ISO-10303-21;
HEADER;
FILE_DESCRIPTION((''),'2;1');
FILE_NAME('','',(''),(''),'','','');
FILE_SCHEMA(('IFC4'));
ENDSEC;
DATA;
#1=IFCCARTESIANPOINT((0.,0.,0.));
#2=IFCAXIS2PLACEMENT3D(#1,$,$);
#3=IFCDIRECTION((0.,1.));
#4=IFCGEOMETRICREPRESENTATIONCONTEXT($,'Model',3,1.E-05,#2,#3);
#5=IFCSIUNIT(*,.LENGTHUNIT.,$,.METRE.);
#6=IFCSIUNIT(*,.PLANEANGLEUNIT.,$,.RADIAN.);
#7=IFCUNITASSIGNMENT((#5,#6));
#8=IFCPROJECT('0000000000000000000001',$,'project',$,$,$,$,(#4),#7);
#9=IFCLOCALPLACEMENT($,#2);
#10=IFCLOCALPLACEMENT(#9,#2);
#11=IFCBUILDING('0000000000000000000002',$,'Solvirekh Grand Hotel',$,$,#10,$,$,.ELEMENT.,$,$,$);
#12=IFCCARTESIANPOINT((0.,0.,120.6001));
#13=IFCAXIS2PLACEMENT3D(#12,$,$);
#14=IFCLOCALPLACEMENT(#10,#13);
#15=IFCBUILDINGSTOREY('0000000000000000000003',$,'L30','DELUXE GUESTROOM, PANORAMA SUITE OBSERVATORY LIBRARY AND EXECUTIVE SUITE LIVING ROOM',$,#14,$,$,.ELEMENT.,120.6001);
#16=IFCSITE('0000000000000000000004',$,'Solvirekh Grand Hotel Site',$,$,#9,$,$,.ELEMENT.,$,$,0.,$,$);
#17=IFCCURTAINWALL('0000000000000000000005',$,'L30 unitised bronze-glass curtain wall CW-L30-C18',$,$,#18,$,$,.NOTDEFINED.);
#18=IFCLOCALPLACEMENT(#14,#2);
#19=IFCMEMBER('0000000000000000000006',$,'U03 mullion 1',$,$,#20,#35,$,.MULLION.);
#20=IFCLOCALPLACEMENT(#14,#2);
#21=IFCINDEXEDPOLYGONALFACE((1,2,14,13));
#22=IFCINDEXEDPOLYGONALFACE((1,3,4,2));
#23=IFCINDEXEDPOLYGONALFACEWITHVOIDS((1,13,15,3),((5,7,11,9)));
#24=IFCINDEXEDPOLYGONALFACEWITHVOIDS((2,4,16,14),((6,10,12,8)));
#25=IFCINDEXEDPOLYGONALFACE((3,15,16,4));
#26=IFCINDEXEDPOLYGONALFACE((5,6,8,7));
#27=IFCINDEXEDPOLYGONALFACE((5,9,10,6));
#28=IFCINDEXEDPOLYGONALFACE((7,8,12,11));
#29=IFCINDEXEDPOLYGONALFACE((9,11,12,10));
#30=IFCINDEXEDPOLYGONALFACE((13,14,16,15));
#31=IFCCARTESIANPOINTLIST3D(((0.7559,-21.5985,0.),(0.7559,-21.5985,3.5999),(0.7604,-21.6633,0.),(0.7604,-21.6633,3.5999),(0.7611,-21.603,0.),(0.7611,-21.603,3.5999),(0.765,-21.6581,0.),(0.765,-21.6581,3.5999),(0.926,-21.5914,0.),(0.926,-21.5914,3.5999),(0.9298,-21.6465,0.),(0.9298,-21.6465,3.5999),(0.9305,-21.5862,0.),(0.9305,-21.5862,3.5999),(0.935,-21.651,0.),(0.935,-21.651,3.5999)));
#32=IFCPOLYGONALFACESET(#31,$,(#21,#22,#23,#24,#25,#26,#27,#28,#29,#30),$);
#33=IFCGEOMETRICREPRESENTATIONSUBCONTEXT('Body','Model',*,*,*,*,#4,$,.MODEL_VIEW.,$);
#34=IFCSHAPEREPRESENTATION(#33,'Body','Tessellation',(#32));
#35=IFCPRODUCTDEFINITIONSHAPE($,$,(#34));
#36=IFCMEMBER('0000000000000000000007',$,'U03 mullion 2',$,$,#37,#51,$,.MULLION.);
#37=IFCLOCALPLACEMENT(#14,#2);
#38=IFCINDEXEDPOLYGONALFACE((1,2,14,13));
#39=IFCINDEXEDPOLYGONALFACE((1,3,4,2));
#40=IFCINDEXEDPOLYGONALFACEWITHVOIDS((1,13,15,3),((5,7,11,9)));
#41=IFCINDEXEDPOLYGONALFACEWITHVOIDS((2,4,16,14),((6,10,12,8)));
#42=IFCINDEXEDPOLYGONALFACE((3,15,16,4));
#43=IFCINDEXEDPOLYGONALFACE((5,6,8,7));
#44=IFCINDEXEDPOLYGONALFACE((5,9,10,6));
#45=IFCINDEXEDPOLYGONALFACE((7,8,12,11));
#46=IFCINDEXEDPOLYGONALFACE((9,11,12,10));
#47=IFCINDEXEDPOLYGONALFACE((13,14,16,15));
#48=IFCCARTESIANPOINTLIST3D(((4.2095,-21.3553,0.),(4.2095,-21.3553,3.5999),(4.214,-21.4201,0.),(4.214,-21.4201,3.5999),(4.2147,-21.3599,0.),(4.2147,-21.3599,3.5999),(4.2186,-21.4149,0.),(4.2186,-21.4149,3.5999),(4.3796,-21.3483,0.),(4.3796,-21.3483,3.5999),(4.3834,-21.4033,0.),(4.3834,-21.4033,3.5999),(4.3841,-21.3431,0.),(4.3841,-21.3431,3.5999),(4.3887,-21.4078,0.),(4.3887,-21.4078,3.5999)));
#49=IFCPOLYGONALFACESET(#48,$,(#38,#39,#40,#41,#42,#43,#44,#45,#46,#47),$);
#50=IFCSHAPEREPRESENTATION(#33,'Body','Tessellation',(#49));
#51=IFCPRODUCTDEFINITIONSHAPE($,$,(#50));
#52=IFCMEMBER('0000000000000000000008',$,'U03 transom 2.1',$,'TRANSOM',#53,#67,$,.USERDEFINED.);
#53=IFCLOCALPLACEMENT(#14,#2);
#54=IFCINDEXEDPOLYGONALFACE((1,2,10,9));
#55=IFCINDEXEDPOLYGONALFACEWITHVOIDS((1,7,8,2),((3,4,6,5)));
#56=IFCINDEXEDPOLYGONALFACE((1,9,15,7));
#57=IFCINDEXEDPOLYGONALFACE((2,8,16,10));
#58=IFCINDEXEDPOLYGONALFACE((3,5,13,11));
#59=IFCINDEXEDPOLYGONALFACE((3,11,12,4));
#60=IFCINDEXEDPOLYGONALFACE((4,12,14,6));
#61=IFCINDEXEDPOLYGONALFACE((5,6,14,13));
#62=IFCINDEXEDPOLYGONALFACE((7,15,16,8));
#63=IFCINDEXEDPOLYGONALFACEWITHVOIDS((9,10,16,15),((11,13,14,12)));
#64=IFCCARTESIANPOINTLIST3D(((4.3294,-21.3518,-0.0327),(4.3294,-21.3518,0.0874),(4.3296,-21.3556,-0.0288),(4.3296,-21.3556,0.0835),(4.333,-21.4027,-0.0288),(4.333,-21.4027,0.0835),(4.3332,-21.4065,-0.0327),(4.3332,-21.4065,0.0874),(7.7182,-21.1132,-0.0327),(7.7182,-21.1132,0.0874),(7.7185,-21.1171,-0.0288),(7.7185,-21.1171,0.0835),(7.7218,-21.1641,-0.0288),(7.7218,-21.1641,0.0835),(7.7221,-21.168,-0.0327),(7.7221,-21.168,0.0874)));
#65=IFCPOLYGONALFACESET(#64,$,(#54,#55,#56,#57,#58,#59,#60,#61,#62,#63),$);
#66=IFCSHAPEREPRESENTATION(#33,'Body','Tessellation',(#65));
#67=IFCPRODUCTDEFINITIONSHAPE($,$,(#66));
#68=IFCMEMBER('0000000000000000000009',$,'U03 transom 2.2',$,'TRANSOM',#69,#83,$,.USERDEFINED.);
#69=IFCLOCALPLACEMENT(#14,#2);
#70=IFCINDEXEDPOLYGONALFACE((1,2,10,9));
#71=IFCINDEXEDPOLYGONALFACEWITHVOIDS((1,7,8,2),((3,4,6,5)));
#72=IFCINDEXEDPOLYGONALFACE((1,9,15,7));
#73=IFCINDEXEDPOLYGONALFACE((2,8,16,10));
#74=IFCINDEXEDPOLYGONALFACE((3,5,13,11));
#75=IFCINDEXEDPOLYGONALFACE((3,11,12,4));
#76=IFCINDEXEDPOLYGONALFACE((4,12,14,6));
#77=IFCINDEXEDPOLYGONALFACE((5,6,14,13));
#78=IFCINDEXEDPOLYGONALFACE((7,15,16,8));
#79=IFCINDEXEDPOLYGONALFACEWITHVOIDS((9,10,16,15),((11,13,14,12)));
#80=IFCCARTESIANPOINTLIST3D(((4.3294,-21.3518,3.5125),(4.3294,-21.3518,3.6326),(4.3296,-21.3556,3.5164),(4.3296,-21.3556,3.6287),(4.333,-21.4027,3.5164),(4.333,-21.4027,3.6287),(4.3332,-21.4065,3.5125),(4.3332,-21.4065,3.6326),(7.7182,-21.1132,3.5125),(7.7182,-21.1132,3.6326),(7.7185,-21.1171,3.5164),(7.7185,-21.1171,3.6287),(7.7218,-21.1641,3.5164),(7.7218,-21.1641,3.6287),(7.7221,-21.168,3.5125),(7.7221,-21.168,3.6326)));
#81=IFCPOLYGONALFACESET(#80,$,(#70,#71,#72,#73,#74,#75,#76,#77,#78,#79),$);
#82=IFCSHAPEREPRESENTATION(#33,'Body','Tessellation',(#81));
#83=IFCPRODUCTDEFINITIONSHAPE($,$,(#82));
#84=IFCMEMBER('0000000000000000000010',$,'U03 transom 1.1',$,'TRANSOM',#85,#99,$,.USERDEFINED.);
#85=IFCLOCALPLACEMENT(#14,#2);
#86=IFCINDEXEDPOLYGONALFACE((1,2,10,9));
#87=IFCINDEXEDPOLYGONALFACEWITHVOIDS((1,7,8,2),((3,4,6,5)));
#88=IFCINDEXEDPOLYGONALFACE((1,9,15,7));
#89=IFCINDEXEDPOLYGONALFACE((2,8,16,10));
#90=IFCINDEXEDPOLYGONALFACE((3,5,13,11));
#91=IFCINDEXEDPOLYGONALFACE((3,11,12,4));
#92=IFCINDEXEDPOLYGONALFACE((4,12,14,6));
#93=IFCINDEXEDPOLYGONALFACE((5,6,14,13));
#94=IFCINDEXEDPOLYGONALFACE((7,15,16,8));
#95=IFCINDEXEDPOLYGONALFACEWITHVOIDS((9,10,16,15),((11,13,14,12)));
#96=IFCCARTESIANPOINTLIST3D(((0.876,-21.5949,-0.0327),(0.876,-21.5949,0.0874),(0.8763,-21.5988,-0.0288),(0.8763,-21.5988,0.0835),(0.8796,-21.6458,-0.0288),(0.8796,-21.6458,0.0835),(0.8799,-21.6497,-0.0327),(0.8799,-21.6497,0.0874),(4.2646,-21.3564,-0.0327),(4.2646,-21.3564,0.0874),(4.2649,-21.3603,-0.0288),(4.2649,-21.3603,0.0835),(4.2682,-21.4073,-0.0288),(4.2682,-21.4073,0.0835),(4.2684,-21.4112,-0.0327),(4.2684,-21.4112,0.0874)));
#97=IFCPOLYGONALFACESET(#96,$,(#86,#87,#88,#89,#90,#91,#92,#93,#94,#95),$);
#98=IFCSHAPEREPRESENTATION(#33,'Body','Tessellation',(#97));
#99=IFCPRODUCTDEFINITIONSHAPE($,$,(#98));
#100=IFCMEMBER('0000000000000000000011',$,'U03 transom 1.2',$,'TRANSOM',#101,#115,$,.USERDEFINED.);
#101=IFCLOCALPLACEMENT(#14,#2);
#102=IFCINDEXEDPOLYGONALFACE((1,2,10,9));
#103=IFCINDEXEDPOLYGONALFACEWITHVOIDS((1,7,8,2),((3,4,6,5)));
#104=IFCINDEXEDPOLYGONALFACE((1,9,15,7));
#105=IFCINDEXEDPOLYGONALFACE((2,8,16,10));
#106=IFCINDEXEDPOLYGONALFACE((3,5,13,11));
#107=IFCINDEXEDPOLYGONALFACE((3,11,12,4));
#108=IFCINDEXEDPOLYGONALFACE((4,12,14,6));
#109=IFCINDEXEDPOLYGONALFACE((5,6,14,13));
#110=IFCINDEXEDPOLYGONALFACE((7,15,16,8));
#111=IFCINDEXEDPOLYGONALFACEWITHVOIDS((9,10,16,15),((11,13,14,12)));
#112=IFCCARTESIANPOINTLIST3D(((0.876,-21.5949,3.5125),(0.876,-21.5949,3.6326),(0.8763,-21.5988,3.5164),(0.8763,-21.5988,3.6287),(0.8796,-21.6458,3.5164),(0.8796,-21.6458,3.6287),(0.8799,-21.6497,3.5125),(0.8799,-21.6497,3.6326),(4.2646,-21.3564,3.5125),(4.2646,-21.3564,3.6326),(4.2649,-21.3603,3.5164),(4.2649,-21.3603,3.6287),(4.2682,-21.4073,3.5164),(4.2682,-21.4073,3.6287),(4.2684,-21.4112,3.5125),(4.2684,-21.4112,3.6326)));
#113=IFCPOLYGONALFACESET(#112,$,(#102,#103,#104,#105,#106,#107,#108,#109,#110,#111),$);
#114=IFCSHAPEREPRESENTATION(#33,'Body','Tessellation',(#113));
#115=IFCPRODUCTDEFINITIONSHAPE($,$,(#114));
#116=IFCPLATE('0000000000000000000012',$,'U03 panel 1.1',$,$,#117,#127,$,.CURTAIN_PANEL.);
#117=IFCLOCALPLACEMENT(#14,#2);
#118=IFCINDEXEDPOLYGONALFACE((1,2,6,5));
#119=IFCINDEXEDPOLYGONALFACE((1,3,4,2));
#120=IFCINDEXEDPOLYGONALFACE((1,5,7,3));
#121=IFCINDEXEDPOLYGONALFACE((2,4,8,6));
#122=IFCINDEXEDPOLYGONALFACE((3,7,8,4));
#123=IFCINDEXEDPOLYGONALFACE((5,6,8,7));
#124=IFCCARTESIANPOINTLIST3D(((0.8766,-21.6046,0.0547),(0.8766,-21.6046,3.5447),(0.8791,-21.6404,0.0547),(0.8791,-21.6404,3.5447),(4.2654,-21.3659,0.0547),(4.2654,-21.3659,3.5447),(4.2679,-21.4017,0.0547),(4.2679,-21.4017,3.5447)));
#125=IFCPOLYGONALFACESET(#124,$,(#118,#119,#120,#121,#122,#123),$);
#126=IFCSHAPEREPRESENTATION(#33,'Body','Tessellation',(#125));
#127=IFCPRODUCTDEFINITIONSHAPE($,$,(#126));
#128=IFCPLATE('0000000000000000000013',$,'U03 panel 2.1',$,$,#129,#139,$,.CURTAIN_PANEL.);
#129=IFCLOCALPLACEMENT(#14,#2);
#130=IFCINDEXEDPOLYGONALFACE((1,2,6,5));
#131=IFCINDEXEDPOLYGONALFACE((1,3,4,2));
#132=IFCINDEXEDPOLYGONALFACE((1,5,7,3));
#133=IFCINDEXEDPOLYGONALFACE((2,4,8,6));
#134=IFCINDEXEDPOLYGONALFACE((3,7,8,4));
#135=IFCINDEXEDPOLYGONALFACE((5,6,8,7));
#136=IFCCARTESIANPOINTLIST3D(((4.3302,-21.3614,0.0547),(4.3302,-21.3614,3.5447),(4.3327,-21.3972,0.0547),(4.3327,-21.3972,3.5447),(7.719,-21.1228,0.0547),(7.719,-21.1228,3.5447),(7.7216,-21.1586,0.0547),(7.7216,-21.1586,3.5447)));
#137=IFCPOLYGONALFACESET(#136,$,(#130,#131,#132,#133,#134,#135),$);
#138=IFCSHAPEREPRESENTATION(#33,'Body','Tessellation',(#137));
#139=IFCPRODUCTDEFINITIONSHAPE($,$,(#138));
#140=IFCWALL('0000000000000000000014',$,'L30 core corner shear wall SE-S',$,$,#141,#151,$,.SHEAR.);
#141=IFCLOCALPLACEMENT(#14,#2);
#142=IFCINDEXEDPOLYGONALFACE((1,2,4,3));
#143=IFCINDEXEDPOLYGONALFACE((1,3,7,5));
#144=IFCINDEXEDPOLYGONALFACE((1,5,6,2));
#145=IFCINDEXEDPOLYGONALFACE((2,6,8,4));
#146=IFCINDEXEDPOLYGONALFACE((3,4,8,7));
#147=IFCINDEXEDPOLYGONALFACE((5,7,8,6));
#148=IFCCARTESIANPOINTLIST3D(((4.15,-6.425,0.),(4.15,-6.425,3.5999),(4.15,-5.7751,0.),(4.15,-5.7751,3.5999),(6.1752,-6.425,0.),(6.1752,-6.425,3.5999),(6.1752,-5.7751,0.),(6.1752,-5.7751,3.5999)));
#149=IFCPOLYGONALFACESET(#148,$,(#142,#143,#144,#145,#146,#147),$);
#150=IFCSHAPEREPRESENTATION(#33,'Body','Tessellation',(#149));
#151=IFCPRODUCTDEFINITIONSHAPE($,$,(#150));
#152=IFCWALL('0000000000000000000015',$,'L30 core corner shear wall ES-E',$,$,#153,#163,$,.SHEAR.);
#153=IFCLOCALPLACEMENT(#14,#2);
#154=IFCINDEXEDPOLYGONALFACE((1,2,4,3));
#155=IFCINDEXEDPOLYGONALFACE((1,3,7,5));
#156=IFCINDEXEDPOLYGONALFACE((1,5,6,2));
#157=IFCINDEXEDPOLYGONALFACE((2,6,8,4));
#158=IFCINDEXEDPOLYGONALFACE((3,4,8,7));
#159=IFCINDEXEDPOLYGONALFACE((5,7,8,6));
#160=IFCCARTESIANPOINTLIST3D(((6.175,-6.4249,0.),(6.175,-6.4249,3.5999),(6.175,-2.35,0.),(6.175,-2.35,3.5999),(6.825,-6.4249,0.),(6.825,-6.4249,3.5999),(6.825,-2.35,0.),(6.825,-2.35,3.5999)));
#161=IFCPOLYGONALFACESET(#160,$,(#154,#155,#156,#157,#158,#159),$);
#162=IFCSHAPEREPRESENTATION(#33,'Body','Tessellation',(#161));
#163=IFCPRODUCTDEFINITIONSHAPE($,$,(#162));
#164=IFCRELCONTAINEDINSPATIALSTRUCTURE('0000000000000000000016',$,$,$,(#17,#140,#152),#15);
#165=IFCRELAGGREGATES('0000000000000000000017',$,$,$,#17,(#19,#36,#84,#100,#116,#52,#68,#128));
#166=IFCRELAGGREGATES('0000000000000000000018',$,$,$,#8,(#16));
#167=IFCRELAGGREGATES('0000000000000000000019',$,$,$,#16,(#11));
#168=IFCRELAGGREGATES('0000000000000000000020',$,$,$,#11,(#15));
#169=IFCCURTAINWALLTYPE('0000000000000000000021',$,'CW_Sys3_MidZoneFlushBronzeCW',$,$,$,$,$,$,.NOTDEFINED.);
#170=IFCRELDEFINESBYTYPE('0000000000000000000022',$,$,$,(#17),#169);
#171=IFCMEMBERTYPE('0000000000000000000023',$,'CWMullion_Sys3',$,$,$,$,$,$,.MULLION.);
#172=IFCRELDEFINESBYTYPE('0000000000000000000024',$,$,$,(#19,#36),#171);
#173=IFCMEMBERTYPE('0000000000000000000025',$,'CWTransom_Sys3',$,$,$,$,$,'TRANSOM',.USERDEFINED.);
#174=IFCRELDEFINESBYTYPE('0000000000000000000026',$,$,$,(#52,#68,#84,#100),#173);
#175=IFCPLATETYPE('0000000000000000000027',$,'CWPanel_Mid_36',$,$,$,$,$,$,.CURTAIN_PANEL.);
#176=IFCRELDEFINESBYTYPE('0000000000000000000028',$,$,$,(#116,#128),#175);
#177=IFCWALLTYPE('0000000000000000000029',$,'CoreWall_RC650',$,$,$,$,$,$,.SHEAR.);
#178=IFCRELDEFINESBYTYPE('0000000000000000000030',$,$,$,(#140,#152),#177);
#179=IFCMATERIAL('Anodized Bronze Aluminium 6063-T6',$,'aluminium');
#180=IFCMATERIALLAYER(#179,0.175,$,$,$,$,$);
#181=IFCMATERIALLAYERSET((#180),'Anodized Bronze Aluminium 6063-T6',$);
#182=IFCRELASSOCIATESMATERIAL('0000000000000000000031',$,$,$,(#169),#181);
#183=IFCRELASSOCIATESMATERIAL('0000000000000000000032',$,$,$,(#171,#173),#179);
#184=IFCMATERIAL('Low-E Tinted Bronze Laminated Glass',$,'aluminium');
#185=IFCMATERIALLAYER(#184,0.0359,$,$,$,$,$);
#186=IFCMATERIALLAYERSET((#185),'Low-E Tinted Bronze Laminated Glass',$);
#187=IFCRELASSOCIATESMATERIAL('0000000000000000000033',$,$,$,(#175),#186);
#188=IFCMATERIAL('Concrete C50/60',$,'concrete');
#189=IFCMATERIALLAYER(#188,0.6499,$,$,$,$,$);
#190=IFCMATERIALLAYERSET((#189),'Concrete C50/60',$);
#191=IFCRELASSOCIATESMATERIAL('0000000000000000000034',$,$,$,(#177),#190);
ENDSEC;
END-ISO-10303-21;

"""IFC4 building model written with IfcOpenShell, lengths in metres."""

from ifc_helpers import new_model, si_unit, direction, frame, frame_2d, origin, origin_2d, place, context, subcontext, project, spatial, rectangle, hollow_rectangle, extrude, source, transform, mapped, material, layer, layer_set, material_profile, profile_set, type_object, element, aggregate, save


model = new_model("IFC4")

# Units and contexts
model_context = context("Model", 3, precision=1e-05, world=origin(), true_north=direction((0.0, 1.0)))
body_context = subcontext(model_context, "Body", "Model", "MODEL_VIEW")
ifc_project = project(units=[si_unit("LENGTHUNIT", "METRE"), si_unit("PLANEANGLEUNIT", "RADIAN")], contexts=[model_context])

# Site, building, storey
site_placement = place(None, origin())
site = spatial("IfcSite", under=ifc_project, at=site_placement, Name="Solvirekh Grand Hotel Site", CompositionType="ELEMENT", RefElevation=0.0)
building_placement = place(site_placement, origin())
building = spatial("IfcBuilding", under=site, at=building_placement, Name="Solvirekh Grand Hotel", CompositionType="ELEMENT")
storey_placement = place(building_placement, frame((0.0, 0.0, 120.6001)))
storey = spatial("IfcBuildingStorey", under=building, at=storey_placement, Name="L30", Description="DELUXE GUESTROOM, PANORAMA SUITE OBSERVATORY LIBRARY AND EXECUTIVE SUITE LIVING ROOM", CompositionType="ELEMENT", Elevation=120.6001)

# Curtain wall, members, plates
ifc_material_1 = material(Name="Anodized Bronze Aluminium 6063-T6", Category="aluminium")
ifc_layer_1 = layer(ifc_material_1, 0.175)
ifc_layer_set_1 = layer_set([ifc_layer_1], Name="Anodized Bronze Aluminium 6063-T6")
curtain_wall_type = type_object("IfcCurtainWallType", Name="CW_Sys3_MidZoneFlushBronzeCW", PredefinedType="NOTDEFINED", material=ifc_layer_set_1)
curtain_wall_placement = place(storey_placement, origin())
curtain_wall = element("IfcCurtainWall", 1, at=curtain_wall_placement, inside=storey, type_object=curtain_wall_type, Name="L30 unitised bronze-glass curtain wall CW-L30-C18", PredefinedType="NOTDEFINED")
ifc_material_profile_1 = material_profile(ifc_material_1, hollow_rectangle(XDim=0.0649, YDim=0.175, WallThickness=0.0049, at=origin_2d()), Name="ALU RHS 175X65X5")
ifc_profile_set_1 = profile_set([ifc_material_profile_1], Name="Anodized Bronze Aluminium 6063-T6")
member_type_1 = type_object("IfcMemberType", Name="CWMullion_Sys3", PredefinedType="MULLION", material=ifc_profile_set_1)
shared_shape_1 = source(origin(), body_context, "Body", "SweptSolid", [
    extrude(hollow_rectangle(XDim=0.0649, YDim=0.175, WallThickness=0.0049, at=origin_2d()), origin(), (0.0, 0.0, 1.0), 3.5999),
])
member_1_placement = place(storey_placement, frame((0.8455, -21.6248, 0.0), z_axis=(0.0, 0.0, 1.0), x_axis=(-0.070251, 0.997529, 0.0)))
member_1 = element("IfcMember", 2, at=member_1_placement, type_object=member_type_1, Name="U03 mullion 1", PredefinedType="MULLION", context=body_context, shape_type="MappedRepresentation", body=[
    mapped(shared_shape_1, transform((0.0, 0.0, 0.0), x_axis=(1.0, 0.0, 0.0), y_axis=(0.0, 1.0, 0.0), z_axis=(0.0, 0.0, 1.0), scale=1.0)),
])
member_2_placement = place(storey_placement, frame((4.2991, -21.3816, 0.0), z_axis=(0.0, 0.0, 1.0), x_axis=(-0.070251, 0.997529, 0.0)))
member_2 = element("IfcMember", 3, at=member_2_placement, type_object=member_type_1, Name="U03 mullion 2", PredefinedType="MULLION", context=body_context, shape_type="MappedRepresentation", body=[
    mapped(shared_shape_1, transform((0.0, 0.0, 0.0), x_axis=(1.0, 0.0, 0.0), y_axis=(0.0, 1.0, 0.0), z_axis=(0.0, 0.0, 1.0), scale=1.0)),
])
ifc_material_profile_2 = material_profile(ifc_material_1, hollow_rectangle(XDim=0.0549, YDim=0.1201, WallThickness=0.0039, at=origin_2d()), Name="ALU RHS 120X55X4")
ifc_profile_set_2 = profile_set([ifc_material_profile_2], Name="Anodized Bronze Aluminium 6063-T6")
member_type_2 = type_object("IfcMemberType", Name="CWTransom_Sys3", ElementType="TRANSOM", PredefinedType="USERDEFINED", material=ifc_profile_set_2)
shared_shape_2 = source(origin(), body_context, "Body", "SweptSolid", [
    extrude(hollow_rectangle(XDim=0.0549, YDim=0.1201, WallThickness=0.0039, at=origin_2d()), origin(), (0.0, 0.0, 1.0), 3.3972),
])
member_3_placement = place(storey_placement, frame((4.3313, -21.3792, 0.0273), z_axis=(0.997532, 0.07021, 0.0), x_axis=(-0.07021, 0.997532, 0.0)))
member_3 = element("IfcMember", 4, at=member_3_placement, type_object=member_type_2, Name="U03 transom 2.1", ObjectType="TRANSOM", PredefinedType="USERDEFINED", context=body_context, shape_type="MappedRepresentation", body=[
    mapped(shared_shape_2, transform((0.0, 0.0, 0.0), x_axis=(1.0, 0.0, 0.0), y_axis=(0.0, 1.0, 0.0), z_axis=(0.0, 0.0, 1.0), scale=1.0)),
])
member_4_placement = place(storey_placement, frame((4.3313, -21.3792, 3.5725), z_axis=(0.997532, 0.07021, 0.0), x_axis=(-0.07021, 0.997532, 0.0)))
member_4 = element("IfcMember", 5, at=member_4_placement, type_object=member_type_2, Name="U03 transom 2.2", ObjectType="TRANSOM", PredefinedType="USERDEFINED", context=body_context, shape_type="MappedRepresentation", body=[
    mapped(shared_shape_2, transform((0.0, 0.0, 0.0), x_axis=(1.0, 0.0, 0.0), y_axis=(0.0, 1.0, 0.0), z_axis=(0.0, 0.0, 1.0), scale=1.0)),
])
shared_shape_3 = source(origin(), body_context, "Body", "SweptSolid", [
    extrude(hollow_rectangle(XDim=0.0549, YDim=0.1201, WallThickness=0.0039, at=origin_2d()), origin(), (0.0, 0.0, 1.0), 3.397),
])
member_5_placement = place(storey_placement, frame((0.8779, -21.6223, 0.0273), z_axis=(0.997532, 0.070215, 0.0), x_axis=(-0.070215, 0.997532, 0.0)))
member_5 = element("IfcMember", 6, at=member_5_placement, type_object=member_type_2, Name="U03 transom 1.1", ObjectType="TRANSOM", PredefinedType="USERDEFINED", context=body_context, shape_type="MappedRepresentation", body=[
    mapped(shared_shape_3, transform((0.0, 0.0, 0.0), x_axis=(1.0, 0.0, 0.0), y_axis=(0.0, 1.0, 0.0), z_axis=(0.0, 0.0, 1.0), scale=1.0)),
])
member_6_placement = place(storey_placement, frame((0.8779, -21.6223, 3.5725), z_axis=(0.997532, 0.070215, 0.0), x_axis=(-0.070215, 0.997532, 0.0)))
member_6 = element("IfcMember", 7, at=member_6_placement, type_object=member_type_2, Name="U03 transom 1.2", ObjectType="TRANSOM", PredefinedType="USERDEFINED", context=body_context, shape_type="MappedRepresentation", body=[
    mapped(shared_shape_3, transform((0.0, 0.0, 0.0), x_axis=(1.0, 0.0, 0.0), y_axis=(0.0, 1.0, 0.0), z_axis=(0.0, 0.0, 1.0), scale=1.0)),
])
ifc_material_2 = material(Name="Low-E Tinted Bronze Laminated Glass", Category="aluminium")
ifc_layer_2 = layer(ifc_material_2, 0.0359)
ifc_layer_set_2 = layer_set([ifc_layer_2], Name="Low-E Tinted Bronze Laminated Glass")
plate_type = type_object("IfcPlateType", Name="CWPanel_Mid_36", PredefinedType="CURTAIN_PANEL", material=ifc_layer_set_2)
shared_shape_4 = source(origin(), body_context, "Body", "SweptSolid", [
    extrude(rectangle(XDim=3.3972, YDim=0.0359, at=origin_2d()), origin(), (0.0, 0.0, 1.0), 3.49),
])
plate_1_placement = place(storey_placement, frame((2.5723, -21.5032, 0.0547), z_axis=(0.0, 0.0, 1.0), x_axis=(0.997529, 0.070251, 0.0)))
plate_1 = element("IfcPlate", 8, at=plate_1_placement, type_object=plate_type, Name="U03 panel 1.1", PredefinedType="CURTAIN_PANEL", context=body_context, shape_type="MappedRepresentation", body=[
    mapped(shared_shape_4, transform((0.0, 0.0, 0.0), x_axis=(1.0, 0.0, 0.0), y_axis=(0.0, 1.0, 0.0), z_axis=(0.0, 0.0, 1.0), scale=1.0)),
])
plate_2_placement = place(storey_placement, frame((6.0259, -21.26, 0.0547), z_axis=(0.0, 0.0, 1.0), x_axis=(0.997529, 0.070251, 0.0)))
plate_2 = element("IfcPlate", 9, at=plate_2_placement, type_object=plate_type, Name="U03 panel 2.1", PredefinedType="CURTAIN_PANEL", context=body_context, shape_type="MappedRepresentation", body=[
    mapped(shared_shape_4, transform((0.0, 0.0, 0.0), x_axis=(1.0, 0.0, 0.0), y_axis=(0.0, 1.0, 0.0), z_axis=(0.0, 0.0, 1.0), scale=1.0)),
])
aggregate(curtain_wall, [member_1, member_2, member_5, member_6, plate_1, member_3, member_4, plate_2])

# Walls
ifc_material_3 = material(Name="Concrete C50/60", Category="concrete")
ifc_layer_3 = layer(ifc_material_3, 0.6499)
ifc_layer_set_3 = layer_set([ifc_layer_3], Name="Concrete C50/60")
wall_type_1 = type_object("IfcWallType", Name="CoreWall_RC650", PredefinedType="SHEAR", material=ifc_layer_set_3)
wall_1_placement = place(storey_placement, frame((4.1499, -6.1001, 0.0), z_axis=(0.0, 0.0, 1.0), x_axis=(1.0, 0.0, 0.0)))
element("IfcWall", 10, at=wall_1_placement, inside=storey, type_object=wall_type_1, Name="L30 core corner shear wall SE-S", PredefinedType="SHEAR", context=body_context, shape_type="SweptSolid", body=[
    extrude(rectangle(XDim=2.0251, YDim=0.6499, at=frame_2d((1.0127, 0.0))), origin(), (0.0, 0.0, 1.0), 3.5999),
])
wall_2_placement = place(storey_placement, frame((6.5, -6.425, 0.0), z_axis=(0.0, 0.0, 1.0), x_axis=(0.0, 1.0, 0.0)))
element("IfcWall", 11, at=wall_2_placement, inside=storey, type_object=wall_type_1, Name="L30 core corner shear wall ES-E", PredefinedType="SHEAR", context=body_context, shape_type="SweptSolid", body=[
    extrude(rectangle(XDim=4.075, YDim=0.6499, at=frame_2d((2.0376, 0.0))), origin(), (0.0, 0.0, 1.0), 3.5999),
])

save(model, "model.ifc")
